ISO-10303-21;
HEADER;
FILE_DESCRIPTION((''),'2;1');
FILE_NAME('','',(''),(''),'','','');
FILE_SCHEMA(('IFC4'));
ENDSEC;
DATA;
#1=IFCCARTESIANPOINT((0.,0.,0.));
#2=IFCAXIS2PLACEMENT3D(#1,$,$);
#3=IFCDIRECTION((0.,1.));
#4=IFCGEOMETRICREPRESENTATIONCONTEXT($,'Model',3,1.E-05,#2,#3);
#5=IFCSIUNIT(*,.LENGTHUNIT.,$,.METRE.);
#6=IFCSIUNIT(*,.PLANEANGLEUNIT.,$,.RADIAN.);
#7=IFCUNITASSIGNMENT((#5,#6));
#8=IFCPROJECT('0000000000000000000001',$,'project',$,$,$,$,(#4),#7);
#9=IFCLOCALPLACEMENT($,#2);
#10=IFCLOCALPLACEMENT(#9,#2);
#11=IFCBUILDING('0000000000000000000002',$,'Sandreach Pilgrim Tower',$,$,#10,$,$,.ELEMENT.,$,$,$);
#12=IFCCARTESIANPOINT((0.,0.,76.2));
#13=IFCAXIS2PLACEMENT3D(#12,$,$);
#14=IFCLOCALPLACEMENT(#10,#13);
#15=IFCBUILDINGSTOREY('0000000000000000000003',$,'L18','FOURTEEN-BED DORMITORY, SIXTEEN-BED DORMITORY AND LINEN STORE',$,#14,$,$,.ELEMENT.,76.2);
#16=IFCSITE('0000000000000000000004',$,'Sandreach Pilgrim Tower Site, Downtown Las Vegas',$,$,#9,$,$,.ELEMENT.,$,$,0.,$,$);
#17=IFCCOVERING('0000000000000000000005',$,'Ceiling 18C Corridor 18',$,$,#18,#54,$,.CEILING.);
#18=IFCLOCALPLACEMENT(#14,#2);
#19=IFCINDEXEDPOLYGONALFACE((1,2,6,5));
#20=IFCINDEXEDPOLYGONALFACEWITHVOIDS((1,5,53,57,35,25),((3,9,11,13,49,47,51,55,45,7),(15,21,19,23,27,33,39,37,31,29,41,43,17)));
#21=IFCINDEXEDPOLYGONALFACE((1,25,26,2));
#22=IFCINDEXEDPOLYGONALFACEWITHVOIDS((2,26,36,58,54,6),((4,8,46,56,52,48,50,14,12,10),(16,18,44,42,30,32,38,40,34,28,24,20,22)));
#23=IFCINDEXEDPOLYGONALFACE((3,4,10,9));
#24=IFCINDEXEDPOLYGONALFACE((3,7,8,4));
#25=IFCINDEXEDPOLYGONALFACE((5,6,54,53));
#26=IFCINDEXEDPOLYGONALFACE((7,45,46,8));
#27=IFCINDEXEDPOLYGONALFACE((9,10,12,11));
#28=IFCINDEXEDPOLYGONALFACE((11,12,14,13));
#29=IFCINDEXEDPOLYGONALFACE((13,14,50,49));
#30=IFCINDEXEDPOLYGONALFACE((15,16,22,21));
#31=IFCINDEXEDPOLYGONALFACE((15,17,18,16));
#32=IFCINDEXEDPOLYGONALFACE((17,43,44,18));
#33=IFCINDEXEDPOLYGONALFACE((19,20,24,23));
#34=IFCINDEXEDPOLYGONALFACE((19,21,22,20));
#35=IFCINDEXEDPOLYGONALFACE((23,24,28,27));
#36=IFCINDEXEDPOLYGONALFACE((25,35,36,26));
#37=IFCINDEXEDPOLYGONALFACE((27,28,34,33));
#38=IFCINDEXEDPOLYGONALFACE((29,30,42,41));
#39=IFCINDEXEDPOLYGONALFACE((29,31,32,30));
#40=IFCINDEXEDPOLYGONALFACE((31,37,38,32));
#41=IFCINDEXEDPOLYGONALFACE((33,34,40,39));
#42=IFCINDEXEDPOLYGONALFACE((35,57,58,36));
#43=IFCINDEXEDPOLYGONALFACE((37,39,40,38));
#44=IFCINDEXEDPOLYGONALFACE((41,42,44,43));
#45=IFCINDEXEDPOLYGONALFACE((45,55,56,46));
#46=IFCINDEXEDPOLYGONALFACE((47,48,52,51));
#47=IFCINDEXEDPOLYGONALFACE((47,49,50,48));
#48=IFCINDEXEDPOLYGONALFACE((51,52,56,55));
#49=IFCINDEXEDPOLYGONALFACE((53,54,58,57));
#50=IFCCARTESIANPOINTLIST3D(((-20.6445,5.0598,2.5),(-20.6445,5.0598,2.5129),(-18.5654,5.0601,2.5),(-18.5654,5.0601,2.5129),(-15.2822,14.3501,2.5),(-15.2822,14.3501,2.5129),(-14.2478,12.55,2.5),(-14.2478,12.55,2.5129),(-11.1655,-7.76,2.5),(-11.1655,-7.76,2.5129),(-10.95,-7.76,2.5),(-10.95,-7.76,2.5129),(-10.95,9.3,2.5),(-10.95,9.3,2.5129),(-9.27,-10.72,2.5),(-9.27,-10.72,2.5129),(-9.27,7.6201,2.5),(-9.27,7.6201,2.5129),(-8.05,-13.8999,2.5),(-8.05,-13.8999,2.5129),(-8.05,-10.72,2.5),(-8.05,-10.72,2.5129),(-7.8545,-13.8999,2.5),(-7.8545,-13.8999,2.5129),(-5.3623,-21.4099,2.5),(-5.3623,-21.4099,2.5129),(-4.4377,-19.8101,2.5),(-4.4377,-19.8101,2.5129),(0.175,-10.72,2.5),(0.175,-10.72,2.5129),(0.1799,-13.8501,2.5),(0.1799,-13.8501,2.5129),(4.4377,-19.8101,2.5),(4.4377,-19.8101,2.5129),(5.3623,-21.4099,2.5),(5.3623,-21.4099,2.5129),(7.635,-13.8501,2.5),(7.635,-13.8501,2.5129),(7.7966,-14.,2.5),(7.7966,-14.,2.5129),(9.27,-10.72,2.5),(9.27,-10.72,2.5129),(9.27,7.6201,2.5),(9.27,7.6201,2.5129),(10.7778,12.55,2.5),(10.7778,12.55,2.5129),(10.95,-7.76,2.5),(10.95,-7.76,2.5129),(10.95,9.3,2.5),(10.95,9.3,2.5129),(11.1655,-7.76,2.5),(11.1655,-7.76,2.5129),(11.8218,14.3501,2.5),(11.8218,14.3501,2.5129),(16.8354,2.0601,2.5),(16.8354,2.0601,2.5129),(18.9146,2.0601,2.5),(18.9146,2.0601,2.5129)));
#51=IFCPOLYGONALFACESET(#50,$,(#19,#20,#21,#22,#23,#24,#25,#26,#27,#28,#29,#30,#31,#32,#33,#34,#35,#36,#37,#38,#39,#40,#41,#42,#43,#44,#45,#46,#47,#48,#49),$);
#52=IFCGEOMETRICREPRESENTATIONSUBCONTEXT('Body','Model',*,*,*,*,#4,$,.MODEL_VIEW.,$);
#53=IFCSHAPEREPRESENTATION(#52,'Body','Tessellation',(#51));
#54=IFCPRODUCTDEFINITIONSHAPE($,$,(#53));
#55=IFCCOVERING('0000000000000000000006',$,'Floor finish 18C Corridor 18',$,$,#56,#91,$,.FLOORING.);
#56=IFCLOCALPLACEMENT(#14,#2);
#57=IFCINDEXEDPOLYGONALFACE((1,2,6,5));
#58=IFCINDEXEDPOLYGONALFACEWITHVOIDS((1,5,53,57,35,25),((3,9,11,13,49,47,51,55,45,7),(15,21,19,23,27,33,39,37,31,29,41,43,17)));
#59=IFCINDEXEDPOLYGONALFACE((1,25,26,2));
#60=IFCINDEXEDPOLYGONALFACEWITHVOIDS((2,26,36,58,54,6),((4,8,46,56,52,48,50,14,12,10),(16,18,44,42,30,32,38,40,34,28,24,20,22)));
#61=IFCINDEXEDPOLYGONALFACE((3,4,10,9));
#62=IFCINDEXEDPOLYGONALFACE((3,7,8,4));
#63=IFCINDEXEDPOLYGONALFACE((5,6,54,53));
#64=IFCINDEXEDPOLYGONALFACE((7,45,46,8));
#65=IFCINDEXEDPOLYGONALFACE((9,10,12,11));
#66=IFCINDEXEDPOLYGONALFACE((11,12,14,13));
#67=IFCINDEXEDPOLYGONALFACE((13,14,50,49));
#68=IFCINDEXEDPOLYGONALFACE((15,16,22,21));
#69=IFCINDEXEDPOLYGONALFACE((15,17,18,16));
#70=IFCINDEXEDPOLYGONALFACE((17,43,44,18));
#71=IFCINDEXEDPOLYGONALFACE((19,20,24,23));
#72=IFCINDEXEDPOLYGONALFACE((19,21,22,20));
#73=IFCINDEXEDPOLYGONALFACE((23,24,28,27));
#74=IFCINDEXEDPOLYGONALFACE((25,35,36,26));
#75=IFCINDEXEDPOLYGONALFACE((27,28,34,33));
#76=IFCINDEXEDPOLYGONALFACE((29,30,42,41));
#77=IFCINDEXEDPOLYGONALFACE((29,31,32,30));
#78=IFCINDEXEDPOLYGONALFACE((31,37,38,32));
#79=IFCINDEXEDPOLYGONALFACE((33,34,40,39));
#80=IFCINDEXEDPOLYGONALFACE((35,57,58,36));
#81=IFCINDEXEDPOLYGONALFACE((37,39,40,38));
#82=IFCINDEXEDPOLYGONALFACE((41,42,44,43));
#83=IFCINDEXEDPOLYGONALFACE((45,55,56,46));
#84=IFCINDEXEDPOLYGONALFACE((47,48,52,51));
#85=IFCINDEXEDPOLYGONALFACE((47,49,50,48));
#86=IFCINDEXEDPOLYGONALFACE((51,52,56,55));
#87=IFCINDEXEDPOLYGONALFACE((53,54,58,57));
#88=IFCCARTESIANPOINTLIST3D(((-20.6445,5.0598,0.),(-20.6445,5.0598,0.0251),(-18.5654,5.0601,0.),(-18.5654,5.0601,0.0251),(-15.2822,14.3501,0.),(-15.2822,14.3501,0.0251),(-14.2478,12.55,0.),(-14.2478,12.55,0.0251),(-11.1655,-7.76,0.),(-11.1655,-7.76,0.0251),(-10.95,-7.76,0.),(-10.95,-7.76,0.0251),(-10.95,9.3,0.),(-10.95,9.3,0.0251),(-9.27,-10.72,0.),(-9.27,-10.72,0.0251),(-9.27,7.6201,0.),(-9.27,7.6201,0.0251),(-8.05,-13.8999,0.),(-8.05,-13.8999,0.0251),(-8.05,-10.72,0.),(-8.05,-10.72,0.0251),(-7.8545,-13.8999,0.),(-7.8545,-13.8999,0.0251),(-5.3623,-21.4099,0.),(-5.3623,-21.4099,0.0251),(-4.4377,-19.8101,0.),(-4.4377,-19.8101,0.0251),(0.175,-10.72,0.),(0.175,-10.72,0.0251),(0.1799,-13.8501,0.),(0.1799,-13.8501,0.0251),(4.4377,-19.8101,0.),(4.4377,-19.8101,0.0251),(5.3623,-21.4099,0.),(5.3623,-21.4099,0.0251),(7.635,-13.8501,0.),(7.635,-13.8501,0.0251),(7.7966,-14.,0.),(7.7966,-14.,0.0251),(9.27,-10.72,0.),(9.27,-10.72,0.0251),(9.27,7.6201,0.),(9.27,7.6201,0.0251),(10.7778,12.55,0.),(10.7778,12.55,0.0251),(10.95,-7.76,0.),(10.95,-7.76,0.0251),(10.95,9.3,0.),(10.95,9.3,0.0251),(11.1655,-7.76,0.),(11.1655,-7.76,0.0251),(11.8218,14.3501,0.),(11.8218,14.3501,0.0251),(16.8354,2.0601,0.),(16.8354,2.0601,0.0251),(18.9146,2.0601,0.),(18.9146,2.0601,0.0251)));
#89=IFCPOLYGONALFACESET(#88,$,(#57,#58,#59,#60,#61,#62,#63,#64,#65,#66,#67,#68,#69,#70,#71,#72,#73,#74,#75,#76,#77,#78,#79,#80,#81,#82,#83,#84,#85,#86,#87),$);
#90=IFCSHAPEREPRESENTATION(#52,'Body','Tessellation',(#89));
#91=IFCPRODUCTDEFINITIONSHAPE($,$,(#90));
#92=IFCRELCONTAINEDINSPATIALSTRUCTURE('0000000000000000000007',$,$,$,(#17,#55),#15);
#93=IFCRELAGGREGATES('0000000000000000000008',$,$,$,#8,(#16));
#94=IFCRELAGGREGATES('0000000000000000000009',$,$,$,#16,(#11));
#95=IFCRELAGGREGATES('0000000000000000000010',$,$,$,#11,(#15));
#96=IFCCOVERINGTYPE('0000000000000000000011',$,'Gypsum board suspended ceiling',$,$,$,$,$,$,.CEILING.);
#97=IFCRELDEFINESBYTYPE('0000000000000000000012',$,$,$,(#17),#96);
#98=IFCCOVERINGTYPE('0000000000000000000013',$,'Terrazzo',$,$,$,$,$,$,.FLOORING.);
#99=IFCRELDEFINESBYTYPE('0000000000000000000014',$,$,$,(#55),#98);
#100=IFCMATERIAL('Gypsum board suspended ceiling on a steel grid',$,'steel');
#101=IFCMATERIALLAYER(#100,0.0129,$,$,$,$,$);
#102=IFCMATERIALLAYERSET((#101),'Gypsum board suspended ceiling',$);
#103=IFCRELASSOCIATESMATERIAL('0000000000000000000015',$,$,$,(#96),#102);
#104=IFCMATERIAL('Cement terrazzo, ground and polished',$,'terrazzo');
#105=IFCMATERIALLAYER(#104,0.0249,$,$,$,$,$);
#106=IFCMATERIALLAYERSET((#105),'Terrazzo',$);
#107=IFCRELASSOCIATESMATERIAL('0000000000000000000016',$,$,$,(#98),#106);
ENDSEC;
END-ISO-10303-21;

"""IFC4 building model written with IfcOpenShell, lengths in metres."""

from ifc_helpers import new_model, si_unit, direction, frame, origin, place, context, subcontext, project, spatial, polyline, outline, extrude, material, layer, layer_set, type_object, element, save


model = new_model("IFC4")

# Units and contexts
model_context = context("Model", 3, precision=1e-05, world=origin(), true_north=direction((0.0, 1.0)))
body_context = subcontext(model_context, "Body", "Model", "MODEL_VIEW")
ifc_project = project(units=[si_unit("LENGTHUNIT", "METRE"), si_unit("PLANEANGLEUNIT", "RADIAN")], contexts=[model_context])

# Site, building, storey
site_placement = place(None, origin())
site = spatial("IfcSite", under=ifc_project, at=site_placement, Name="Sandreach Pilgrim Tower Site, Downtown Las Vegas", CompositionType="ELEMENT", RefElevation=0.0)
building_placement = place(site_placement, origin())
building = spatial("IfcBuilding", under=site, at=building_placement, Name="Sandreach Pilgrim Tower", CompositionType="ELEMENT")
storey_placement = place(building_placement, frame((0.0, 0.0, 76.2)))
storey = spatial("IfcBuildingStorey", under=building, at=storey_placement, Name="L18", Description="FOURTEEN-BED DORMITORY, SIXTEEN-BED DORMITORY AND LINEN STORE", CompositionType="ELEMENT", Elevation=76.2)

# Coverings
ifc_material_1 = material(Name="Gypsum board suspended ceiling on a steel grid", Category="steel")
ifc_layer_1 = layer(ifc_material_1, 0.0129)
ifc_layer_set_1 = layer_set([ifc_layer_1], Name="Gypsum board suspended ceiling")
covering_type_1 = type_object("IfcCoveringType", Name="Gypsum board suspended ceiling", PredefinedType="CEILING", material=ifc_layer_set_1)
covering_1_placement = place(storey_placement, frame((0.0, 0.0, 2.5)))
element("IfcCovering", 1, at=covering_1_placement, inside=storey, type_object=covering_type_1, Name="Ceiling 18C Corridor 18", PredefinedType="CEILING", context=body_context, shape_type="SweptSolid", body=[
    extrude(outline(polyline([(-5.3623, -21.4099), (-20.6445, 5.0598), (-15.2822, 14.3501), (11.8218, 14.3501), (18.9146, 2.0601), (5.3623, -21.4099), (-5.3623, -21.4099)]), holes=[polyline([(-11.1655, -7.76), (-10.95, -7.76), (-10.95, 9.3), (10.95, 9.3), (10.95, -7.76), (11.1655, -7.76), (16.8354, 2.0601), (10.7778, 12.55), (-14.2478, 12.55), (-18.5654, 5.0601), (-11.1655, -7.76)]), polyline([(-8.05, -10.72), (-8.05, -13.8999), (-7.8545, -13.8999), (-4.4377, -19.8101), (4.4377, -19.8101), (7.7966, -14.0), (7.635, -13.8501), (0.1799, -13.8501), (0.175, -10.72), (9.27, -10.72), (9.27, 7.6201), (-9.27, 7.6201), (-9.27, -10.72), (-8.05, -10.72)])]), origin(), (0.0, 0.0, 1.0), 0.0129),
])
ifc_material_2 = material(Name="Cement terrazzo, ground and polished", Category="terrazzo")
ifc_layer_2 = layer(ifc_material_2, 0.0249)
ifc_layer_set_2 = layer_set([ifc_layer_2], Name="Terrazzo")
covering_type_2 = type_object("IfcCoveringType", Name="Terrazzo", PredefinedType="FLOORING", material=ifc_layer_set_2)
covering_2_placement = place(storey_placement, origin())
element("IfcCovering", 2, at=covering_2_placement, inside=storey, type_object=covering_type_2, Name="Floor finish 18C Corridor 18", PredefinedType="FLOORING", context=body_context, shape_type="SweptSolid", body=[
    extrude(outline(polyline([(-5.3623, -21.4099), (-20.6445, 5.0598), (-15.2822, 14.3501), (11.8218, 14.3501), (18.9146, 2.0601), (5.3623, -21.4099), (-5.3623, -21.4099)]), holes=[polyline([(-11.1655, -7.76), (-10.95, -7.76), (-10.95, 9.3), (10.95, 9.3), (10.95, -7.76), (11.1655, -7.76), (16.8354, 2.0601), (10.7778, 12.55), (-14.2478, 12.55), (-18.5654, 5.0601), (-11.1655, -7.76)]), polyline([(-8.05, -10.72), (-8.05, -13.8999), (-7.8545, -13.8999), (-4.4377, -19.8101), (4.4377, -19.8101), (7.7966, -14.0), (7.635, -13.8501), (0.1799, -13.8501), (0.175, -10.72), (9.27, -10.72), (9.27, 7.6201), (-9.27, 7.6201), (-9.27, -10.72), (-8.05, -10.72)])]), origin(), (0.0, 0.0, 1.0), 0.0251),
])

save(model, "model.ifc")
